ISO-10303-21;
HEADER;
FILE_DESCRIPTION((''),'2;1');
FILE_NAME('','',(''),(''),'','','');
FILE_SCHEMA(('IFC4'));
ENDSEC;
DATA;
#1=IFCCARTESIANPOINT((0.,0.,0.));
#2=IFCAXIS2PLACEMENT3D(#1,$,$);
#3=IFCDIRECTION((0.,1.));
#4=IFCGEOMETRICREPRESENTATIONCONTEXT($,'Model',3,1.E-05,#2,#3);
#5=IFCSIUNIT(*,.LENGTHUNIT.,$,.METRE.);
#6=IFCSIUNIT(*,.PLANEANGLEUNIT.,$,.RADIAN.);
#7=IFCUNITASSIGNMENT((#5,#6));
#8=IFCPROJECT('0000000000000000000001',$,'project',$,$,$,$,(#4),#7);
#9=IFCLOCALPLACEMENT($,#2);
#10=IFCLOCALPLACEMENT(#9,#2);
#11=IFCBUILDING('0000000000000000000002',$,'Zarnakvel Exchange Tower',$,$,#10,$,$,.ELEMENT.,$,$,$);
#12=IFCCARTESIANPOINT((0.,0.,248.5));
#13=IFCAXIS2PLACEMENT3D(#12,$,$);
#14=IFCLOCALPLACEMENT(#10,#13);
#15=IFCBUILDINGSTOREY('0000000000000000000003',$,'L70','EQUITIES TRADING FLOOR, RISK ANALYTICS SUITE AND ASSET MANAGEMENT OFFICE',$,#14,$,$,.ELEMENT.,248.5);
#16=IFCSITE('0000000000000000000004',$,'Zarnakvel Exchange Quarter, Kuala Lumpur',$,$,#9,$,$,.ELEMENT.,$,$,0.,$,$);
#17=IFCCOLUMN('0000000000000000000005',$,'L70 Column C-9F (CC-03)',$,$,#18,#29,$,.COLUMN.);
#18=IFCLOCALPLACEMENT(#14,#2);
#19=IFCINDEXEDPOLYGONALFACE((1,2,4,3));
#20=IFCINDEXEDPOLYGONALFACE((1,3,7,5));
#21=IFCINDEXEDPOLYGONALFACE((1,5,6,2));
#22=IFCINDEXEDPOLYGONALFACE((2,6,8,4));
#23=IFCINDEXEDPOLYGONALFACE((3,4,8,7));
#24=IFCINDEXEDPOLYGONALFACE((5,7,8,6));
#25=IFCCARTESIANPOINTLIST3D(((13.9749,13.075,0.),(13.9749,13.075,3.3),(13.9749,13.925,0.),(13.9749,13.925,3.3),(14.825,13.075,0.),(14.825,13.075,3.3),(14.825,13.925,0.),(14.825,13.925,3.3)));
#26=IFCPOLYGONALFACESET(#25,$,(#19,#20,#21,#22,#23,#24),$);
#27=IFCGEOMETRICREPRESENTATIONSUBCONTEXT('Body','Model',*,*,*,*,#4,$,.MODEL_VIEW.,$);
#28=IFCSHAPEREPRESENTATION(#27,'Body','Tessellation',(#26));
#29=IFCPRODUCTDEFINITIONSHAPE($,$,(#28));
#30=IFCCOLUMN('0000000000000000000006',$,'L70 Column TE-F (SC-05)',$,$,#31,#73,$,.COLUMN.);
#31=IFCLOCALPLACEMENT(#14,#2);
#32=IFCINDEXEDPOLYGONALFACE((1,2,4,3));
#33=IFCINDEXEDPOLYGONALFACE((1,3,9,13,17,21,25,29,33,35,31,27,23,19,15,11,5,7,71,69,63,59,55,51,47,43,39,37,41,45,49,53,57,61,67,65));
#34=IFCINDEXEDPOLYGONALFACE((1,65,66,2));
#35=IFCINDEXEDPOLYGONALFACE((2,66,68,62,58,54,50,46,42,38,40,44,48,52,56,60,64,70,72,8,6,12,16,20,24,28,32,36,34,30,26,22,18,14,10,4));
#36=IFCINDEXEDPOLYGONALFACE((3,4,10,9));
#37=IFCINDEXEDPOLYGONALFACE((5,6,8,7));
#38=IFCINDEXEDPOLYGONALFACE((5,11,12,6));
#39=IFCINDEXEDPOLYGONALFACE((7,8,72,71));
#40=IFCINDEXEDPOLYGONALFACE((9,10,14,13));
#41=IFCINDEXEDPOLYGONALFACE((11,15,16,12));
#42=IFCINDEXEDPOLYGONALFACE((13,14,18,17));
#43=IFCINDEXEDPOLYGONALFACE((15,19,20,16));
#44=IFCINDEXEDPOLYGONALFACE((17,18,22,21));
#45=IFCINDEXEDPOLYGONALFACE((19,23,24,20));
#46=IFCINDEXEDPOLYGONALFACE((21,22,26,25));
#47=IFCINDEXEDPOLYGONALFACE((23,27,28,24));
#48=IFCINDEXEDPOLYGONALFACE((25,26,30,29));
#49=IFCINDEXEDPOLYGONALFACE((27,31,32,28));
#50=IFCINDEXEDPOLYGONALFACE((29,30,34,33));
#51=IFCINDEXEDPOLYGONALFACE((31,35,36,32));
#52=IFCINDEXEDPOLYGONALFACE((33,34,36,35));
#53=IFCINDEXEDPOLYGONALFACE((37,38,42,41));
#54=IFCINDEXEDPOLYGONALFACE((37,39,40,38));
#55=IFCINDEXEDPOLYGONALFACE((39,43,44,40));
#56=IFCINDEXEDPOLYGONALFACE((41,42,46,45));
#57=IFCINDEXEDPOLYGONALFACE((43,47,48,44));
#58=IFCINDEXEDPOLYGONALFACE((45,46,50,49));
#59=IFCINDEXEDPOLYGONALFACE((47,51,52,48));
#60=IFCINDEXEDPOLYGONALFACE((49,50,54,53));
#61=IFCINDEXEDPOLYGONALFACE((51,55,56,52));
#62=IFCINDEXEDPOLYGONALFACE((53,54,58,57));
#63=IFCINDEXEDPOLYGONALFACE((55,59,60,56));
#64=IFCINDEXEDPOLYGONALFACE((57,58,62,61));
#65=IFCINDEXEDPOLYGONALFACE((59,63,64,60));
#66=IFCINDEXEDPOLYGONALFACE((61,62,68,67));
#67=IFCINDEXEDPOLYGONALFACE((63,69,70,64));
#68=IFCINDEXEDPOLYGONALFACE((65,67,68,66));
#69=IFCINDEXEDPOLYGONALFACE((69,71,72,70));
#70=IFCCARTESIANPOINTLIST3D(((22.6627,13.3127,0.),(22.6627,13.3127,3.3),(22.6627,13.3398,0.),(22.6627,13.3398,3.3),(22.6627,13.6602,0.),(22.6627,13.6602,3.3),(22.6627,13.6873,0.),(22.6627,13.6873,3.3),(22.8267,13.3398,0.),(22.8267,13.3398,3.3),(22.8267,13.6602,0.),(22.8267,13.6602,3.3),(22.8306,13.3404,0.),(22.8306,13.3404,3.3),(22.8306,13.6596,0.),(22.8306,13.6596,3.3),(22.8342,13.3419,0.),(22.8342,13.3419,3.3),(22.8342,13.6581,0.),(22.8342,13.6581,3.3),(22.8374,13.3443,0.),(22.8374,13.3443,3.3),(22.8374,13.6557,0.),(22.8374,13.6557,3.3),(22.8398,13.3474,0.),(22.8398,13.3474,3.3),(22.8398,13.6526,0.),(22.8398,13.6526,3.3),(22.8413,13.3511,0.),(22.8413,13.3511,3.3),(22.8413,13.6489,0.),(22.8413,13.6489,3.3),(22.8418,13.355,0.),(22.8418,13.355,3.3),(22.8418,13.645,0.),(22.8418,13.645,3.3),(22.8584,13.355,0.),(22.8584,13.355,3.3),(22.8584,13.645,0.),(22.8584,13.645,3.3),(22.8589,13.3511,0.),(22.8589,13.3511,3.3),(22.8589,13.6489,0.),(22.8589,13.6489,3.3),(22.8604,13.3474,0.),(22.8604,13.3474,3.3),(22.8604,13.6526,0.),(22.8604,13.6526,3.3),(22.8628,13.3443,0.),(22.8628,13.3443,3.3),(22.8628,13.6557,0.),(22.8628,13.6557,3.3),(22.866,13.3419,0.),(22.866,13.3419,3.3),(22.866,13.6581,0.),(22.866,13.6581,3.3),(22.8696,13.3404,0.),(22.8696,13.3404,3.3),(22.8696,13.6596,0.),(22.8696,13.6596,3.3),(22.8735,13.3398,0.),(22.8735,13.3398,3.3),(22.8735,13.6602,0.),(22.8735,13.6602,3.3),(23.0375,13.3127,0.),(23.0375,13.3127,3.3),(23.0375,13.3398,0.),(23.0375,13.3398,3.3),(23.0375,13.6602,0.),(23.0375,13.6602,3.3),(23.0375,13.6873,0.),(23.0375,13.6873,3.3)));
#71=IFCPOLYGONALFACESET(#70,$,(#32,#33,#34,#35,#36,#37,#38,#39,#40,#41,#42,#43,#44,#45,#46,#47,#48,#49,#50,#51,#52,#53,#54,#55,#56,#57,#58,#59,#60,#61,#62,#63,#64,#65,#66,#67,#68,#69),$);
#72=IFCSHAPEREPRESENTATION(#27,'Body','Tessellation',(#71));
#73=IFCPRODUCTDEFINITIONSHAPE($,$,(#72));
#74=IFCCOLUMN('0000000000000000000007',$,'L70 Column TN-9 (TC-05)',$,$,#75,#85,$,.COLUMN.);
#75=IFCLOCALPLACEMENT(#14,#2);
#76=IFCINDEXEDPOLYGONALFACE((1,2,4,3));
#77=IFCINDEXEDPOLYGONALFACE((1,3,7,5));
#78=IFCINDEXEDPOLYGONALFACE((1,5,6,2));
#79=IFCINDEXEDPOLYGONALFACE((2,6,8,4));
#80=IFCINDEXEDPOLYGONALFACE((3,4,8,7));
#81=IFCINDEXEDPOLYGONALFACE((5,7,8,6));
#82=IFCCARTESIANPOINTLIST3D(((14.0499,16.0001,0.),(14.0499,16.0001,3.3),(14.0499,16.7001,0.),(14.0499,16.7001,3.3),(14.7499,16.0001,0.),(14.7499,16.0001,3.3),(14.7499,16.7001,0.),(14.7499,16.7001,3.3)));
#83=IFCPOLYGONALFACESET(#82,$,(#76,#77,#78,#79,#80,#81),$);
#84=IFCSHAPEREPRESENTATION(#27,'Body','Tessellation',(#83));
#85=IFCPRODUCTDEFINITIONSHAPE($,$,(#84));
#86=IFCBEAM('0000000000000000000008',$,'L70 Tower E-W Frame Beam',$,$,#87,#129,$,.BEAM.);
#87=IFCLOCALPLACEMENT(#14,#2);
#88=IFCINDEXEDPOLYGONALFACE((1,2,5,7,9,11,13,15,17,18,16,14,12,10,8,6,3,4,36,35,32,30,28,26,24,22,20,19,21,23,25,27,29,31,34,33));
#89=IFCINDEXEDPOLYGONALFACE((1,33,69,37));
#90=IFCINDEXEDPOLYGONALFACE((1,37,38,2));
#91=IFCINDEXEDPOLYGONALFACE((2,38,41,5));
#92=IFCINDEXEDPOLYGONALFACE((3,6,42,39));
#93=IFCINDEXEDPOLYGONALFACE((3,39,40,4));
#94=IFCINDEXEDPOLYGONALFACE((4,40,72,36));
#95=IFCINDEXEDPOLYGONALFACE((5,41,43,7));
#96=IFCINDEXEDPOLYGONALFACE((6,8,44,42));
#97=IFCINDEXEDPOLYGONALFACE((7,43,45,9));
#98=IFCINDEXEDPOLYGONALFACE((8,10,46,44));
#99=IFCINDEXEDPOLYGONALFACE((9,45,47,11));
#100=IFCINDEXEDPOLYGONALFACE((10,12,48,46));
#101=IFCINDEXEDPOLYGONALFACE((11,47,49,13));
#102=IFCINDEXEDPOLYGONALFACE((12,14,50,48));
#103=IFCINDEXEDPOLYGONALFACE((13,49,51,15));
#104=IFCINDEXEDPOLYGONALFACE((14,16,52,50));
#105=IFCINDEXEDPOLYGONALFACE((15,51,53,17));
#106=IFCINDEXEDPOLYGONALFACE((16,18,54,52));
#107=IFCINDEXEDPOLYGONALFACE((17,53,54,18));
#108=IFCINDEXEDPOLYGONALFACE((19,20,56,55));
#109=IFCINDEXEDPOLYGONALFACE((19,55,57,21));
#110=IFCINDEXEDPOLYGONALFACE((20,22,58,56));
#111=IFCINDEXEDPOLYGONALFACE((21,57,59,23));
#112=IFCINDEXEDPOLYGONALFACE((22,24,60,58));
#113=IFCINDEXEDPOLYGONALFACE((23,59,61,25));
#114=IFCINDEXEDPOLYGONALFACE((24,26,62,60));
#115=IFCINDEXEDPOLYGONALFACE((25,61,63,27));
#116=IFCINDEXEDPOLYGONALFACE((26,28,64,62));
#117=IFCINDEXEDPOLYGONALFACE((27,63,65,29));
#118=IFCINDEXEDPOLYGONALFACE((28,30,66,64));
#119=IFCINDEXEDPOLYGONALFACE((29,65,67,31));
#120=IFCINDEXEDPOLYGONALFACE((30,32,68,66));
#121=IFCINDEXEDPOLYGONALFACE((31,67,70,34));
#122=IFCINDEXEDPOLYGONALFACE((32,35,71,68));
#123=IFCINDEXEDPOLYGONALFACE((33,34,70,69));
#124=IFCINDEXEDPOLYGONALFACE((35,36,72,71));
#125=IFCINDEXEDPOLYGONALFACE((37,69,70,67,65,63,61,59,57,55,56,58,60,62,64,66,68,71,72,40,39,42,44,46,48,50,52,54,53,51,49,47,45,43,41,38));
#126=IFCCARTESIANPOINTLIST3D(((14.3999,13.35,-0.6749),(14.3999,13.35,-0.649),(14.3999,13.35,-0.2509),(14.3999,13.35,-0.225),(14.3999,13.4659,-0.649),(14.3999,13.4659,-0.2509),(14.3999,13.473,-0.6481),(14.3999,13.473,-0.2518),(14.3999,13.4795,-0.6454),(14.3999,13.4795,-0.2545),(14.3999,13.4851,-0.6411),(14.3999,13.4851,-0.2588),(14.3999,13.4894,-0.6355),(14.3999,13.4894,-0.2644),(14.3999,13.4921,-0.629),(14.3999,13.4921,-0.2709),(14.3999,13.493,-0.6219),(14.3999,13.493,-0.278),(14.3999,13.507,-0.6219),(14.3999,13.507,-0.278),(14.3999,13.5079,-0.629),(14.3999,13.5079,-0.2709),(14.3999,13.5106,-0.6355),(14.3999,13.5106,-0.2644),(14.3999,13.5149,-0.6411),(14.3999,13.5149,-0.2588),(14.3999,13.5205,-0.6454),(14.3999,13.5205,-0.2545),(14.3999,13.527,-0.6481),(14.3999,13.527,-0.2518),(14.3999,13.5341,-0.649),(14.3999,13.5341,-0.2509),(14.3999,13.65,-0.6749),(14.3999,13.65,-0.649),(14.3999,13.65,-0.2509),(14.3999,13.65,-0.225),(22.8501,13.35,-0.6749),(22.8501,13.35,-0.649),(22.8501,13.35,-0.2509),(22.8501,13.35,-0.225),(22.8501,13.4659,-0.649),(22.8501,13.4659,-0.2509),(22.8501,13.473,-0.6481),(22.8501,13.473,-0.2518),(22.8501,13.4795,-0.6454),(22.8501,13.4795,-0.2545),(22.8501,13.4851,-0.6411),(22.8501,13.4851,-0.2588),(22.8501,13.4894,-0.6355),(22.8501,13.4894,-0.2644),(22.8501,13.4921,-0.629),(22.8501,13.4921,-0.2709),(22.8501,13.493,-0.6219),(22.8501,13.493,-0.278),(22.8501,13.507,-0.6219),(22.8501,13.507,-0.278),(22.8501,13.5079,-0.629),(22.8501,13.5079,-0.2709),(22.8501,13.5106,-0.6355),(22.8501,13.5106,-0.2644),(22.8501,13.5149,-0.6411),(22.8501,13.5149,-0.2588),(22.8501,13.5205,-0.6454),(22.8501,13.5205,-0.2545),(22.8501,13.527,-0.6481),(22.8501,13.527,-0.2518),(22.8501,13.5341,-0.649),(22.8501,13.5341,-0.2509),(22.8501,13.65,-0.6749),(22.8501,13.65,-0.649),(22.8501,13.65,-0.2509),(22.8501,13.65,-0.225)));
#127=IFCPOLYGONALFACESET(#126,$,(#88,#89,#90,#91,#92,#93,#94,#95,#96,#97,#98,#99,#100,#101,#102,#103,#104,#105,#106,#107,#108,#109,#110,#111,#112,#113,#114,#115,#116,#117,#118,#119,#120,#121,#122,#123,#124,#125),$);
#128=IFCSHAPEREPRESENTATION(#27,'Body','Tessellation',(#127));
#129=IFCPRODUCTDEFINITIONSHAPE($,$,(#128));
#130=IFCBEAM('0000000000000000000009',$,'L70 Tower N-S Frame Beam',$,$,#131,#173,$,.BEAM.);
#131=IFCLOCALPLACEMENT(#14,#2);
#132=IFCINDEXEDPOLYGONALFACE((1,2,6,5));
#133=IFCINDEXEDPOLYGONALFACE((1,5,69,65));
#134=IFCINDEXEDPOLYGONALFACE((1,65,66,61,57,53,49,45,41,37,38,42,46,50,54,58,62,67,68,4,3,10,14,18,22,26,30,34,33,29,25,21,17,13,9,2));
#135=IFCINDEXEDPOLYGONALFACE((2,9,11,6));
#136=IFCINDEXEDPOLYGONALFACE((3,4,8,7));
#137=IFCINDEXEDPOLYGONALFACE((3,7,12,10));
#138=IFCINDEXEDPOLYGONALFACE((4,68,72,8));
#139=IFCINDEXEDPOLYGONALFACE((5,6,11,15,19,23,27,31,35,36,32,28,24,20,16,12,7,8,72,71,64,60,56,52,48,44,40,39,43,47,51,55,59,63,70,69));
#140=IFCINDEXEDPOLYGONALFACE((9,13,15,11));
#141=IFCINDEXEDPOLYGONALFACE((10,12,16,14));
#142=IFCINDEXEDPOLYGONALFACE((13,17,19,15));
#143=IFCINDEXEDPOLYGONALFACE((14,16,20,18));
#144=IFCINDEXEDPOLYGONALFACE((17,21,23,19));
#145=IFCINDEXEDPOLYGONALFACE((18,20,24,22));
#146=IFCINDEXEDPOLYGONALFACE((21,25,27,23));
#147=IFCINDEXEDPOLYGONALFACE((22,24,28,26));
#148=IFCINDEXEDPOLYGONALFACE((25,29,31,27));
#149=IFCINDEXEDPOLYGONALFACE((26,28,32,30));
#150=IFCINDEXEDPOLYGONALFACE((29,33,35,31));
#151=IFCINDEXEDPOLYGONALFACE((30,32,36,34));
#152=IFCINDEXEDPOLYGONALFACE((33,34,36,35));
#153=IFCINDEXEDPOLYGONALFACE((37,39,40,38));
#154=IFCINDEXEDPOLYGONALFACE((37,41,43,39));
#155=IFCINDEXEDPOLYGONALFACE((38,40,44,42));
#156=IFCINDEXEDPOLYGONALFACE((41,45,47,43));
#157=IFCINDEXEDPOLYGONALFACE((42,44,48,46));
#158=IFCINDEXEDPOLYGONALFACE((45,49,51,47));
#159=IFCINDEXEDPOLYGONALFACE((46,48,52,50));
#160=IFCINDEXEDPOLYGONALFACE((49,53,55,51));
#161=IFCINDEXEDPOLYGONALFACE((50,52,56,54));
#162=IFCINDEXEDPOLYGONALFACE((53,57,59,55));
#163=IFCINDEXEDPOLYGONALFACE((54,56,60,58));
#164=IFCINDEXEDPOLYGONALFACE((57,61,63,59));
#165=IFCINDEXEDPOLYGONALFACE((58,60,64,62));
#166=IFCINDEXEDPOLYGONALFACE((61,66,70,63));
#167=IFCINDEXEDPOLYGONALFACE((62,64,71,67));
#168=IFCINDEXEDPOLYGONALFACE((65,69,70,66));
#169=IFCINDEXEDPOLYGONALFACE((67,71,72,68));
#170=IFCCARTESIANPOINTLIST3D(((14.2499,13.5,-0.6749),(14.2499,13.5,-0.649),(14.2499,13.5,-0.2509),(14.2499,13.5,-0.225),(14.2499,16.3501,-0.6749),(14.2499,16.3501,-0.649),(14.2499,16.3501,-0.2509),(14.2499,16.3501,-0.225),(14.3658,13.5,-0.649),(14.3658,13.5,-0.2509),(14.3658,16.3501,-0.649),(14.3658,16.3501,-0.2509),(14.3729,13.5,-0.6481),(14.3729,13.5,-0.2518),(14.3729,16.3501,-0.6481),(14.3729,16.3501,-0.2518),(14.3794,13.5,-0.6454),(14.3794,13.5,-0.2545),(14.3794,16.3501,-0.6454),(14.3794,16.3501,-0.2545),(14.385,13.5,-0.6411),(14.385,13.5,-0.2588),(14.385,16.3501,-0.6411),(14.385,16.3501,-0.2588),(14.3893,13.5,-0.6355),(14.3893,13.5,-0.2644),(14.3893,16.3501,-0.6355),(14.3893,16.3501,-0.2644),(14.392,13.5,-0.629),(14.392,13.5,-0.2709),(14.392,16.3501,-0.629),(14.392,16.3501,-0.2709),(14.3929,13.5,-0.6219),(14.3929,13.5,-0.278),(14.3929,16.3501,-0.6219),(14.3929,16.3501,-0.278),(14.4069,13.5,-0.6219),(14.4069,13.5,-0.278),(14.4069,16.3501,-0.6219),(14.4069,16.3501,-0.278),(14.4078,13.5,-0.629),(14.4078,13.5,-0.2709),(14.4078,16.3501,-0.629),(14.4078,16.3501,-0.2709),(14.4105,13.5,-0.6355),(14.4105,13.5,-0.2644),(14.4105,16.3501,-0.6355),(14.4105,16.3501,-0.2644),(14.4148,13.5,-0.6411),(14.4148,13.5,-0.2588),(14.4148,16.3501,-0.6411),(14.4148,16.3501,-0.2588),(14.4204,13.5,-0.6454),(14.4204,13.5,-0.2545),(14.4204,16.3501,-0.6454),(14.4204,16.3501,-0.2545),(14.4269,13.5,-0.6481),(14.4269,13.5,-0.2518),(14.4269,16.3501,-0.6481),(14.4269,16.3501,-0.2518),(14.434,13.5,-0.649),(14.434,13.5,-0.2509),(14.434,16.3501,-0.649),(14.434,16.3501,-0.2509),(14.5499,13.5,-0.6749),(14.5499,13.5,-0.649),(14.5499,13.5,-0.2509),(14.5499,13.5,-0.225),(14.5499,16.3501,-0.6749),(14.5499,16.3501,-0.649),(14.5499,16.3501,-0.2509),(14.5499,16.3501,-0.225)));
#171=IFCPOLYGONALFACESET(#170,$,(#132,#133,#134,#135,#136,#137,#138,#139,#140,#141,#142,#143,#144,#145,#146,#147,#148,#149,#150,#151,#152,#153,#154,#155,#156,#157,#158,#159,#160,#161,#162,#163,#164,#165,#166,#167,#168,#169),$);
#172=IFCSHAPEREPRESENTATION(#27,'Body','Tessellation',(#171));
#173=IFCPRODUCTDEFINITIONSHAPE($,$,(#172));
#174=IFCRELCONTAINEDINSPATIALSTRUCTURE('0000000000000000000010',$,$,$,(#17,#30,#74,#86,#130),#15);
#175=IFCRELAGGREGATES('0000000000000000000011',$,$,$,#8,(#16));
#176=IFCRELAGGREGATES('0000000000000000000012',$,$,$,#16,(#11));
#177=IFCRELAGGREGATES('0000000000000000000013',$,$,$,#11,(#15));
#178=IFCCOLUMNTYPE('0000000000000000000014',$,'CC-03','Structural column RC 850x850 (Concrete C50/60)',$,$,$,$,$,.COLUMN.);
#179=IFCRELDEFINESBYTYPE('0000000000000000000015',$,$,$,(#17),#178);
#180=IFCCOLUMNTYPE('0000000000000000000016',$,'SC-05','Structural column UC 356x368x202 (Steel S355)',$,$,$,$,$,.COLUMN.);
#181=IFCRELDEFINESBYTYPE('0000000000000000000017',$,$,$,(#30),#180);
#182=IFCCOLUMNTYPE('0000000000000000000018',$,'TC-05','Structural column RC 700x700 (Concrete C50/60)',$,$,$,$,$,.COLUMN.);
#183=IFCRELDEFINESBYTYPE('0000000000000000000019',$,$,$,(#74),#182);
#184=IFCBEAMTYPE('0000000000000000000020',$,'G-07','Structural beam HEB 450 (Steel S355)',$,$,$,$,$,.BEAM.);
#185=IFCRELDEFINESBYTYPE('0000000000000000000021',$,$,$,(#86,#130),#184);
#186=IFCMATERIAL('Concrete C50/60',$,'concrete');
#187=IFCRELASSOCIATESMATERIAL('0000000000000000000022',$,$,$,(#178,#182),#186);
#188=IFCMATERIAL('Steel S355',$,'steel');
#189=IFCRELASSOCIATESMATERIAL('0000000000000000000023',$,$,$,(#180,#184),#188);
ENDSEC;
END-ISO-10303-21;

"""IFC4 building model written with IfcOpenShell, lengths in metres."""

from ifc_helpers import new_model, si_unit, direction, frame, origin, origin_2d, place, context, subcontext, project, spatial, rectangle, i_section, extrude, material, material_profile, profile_set, type_object, element, save


model = new_model("IFC4")

# Units and contexts
model_context = context("Model", 3, precision=1e-05, world=origin(), true_north=direction((0.0, 1.0)))
body_context = subcontext(model_context, "Body", "Model", "MODEL_VIEW")
ifc_project = project(units=[si_unit("LENGTHUNIT", "METRE"), si_unit("PLANEANGLEUNIT", "RADIAN")], contexts=[model_context])

# Site, building, storey
site_placement = place(None, origin())
site = spatial("IfcSite", under=ifc_project, at=site_placement, Name="Zarnakvel Exchange Quarter, Kuala Lumpur", CompositionType="ELEMENT", RefElevation=0.0)
building_placement = place(site_placement, origin())
building = spatial("IfcBuilding", under=site, at=building_placement, Name="Zarnakvel Exchange Tower", CompositionType="ELEMENT")
storey_placement = place(building_placement, frame((0.0, 0.0, 248.5)))
storey = spatial("IfcBuildingStorey", under=building, at=storey_placement, Name="L70", Description="EQUITIES TRADING FLOOR, RISK ANALYTICS SUITE AND ASSET MANAGEMENT OFFICE", CompositionType="ELEMENT", Elevation=248.5)

# Columns
ifc_material_1 = material(Name="Concrete C50/60", Category="concrete")
ifc_material_profile_1 = material_profile(ifc_material_1, rectangle(XDim=0.8501, YDim=0.8501, at=origin_2d()))
ifc_profile_set_1 = profile_set([ifc_material_profile_1], Name="Concrete C50/60")
column_type_1 = type_object("IfcColumnType", Name="CC-03", Description="Structural column RC 850x850 (Concrete C50/60)", PredefinedType="COLUMN", material=ifc_profile_set_1)
column_1_placement = place(storey_placement, frame((14.3999, 13.5, 0.0), z_axis=(0.0, 0.0, 1.0), x_axis=(1.0, 0.0, 0.0)))
element("IfcColumn", 1, at=column_1_placement, inside=storey, type_object=column_type_1, Name="L70 Column C-9F (CC-03)", PredefinedType="COLUMN", context=body_context, shape_type="SweptSolid", body=[
    extrude(rectangle(XDim=0.8501, YDim=0.8501, at=origin_2d()), origin(), (0.0, 0.0, 1.0), 3.3),
])
ifc_material_2 = material(Name="Steel S355", Category="steel")
ifc_material_profile_2 = material_profile(ifc_material_2, i_section(OverallWidth=0.3748, OverallDepth=0.3745, WebThickness=0.0166, FlangeThickness=0.0271, FilletRadius=0.0151, at=origin_2d()))
ifc_profile_set_2 = profile_set([ifc_material_profile_2], Name="Steel S355")
column_type_2 = type_object("IfcColumnType", Name="SC-05", Description="Structural column UC 356x368x202 (Steel S355)", PredefinedType="COLUMN", material=ifc_profile_set_2)
column_2_placement = place(storey_placement, frame((22.8501, 13.5, 0.0), z_axis=(0.0, 0.0, 1.0), x_axis=(1.0, 0.0, 0.0)))
element("IfcColumn", 2, at=column_2_placement, inside=storey, type_object=column_type_2, Name="L70 Column TE-F (SC-05)", PredefinedType="COLUMN", context=body_context, shape_type="SweptSolid", body=[
    extrude(i_section(OverallWidth=0.3748, OverallDepth=0.3745, WebThickness=0.0166, FlangeThickness=0.0271, FilletRadius=0.0151, at=origin_2d()), origin(), (0.0, 0.0, 1.0), 3.3),
])
ifc_material_profile_3 = material_profile(ifc_material_1, rectangle(XDim=0.7, YDim=0.7, at=origin_2d()))
ifc_profile_set_3 = profile_set([ifc_material_profile_3], Name="Concrete C50/60")
column_type_3 = type_object("IfcColumnType", Name="TC-05", Description="Structural column RC 700x700 (Concrete C50/60)", PredefinedType="COLUMN", material=ifc_profile_set_3)
column_3_placement = place(storey_placement, frame((14.3999, 16.3501, 0.0), z_axis=(0.0, 0.0, 1.0), x_axis=(1.0, 0.0, 0.0)))
element("IfcColumn", 3, at=column_3_placement, inside=storey, type_object=column_type_3, Name="L70 Column TN-9 (TC-05)", PredefinedType="COLUMN", context=body_context, shape_type="SweptSolid", body=[
    extrude(rectangle(XDim=0.7, YDim=0.7, at=origin_2d()), origin(), (0.0, 0.0, 1.0), 3.3),
])

# Beams
ifc_material_profile_4 = material_profile(ifc_material_2, i_section(OverallWidth=0.3, OverallDepth=0.45, WebThickness=0.0139, FlangeThickness=0.0259, FilletRadius=0.0271, at=origin_2d()))
ifc_profile_set_4 = profile_set([ifc_material_profile_4], Name="Steel S355")
beam_type = type_object("IfcBeamType", Name="G-07", Description="Structural beam HEB 450 (Steel S355)", PredefinedType="BEAM", material=ifc_profile_set_4)
beam_1_placement = place(storey_placement, frame((14.3999, 13.5, -0.45), z_axis=(1.0, 0.0, 0.0), x_axis=(0.0, 1.0, 0.0)))
element("IfcBeam", 4, at=beam_1_placement, inside=storey, type_object=beam_type, Name="L70 Tower E-W Frame Beam", PredefinedType="BEAM", context=body_context, shape_type="SweptSolid", body=[
    extrude(i_section(OverallWidth=0.3, OverallDepth=0.45, WebThickness=0.0139, FlangeThickness=0.0259, FilletRadius=0.0271, at=origin_2d()), origin(), (0.0, 0.0, 1.0), 8.4502),
])
beam_2_placement = place(storey_placement, frame((14.3999, 13.5, -0.45), z_axis=(0.0, 1.0, 0.0), x_axis=(-1.0, 0.0, 0.0)))
element("IfcBeam", 5, at=beam_2_placement, inside=storey, type_object=beam_type, Name="L70 Tower N-S Frame Beam", PredefinedType="BEAM", context=body_context, shape_type="SweptSolid", body=[
    extrude(i_section(OverallWidth=0.3, OverallDepth=0.45, WebThickness=0.0139, FlangeThickness=0.0259, FilletRadius=0.0271, at=origin_2d()), origin(), (0.0, 0.0, 1.0), 2.8501),
])

save(model, "model.ifc")
